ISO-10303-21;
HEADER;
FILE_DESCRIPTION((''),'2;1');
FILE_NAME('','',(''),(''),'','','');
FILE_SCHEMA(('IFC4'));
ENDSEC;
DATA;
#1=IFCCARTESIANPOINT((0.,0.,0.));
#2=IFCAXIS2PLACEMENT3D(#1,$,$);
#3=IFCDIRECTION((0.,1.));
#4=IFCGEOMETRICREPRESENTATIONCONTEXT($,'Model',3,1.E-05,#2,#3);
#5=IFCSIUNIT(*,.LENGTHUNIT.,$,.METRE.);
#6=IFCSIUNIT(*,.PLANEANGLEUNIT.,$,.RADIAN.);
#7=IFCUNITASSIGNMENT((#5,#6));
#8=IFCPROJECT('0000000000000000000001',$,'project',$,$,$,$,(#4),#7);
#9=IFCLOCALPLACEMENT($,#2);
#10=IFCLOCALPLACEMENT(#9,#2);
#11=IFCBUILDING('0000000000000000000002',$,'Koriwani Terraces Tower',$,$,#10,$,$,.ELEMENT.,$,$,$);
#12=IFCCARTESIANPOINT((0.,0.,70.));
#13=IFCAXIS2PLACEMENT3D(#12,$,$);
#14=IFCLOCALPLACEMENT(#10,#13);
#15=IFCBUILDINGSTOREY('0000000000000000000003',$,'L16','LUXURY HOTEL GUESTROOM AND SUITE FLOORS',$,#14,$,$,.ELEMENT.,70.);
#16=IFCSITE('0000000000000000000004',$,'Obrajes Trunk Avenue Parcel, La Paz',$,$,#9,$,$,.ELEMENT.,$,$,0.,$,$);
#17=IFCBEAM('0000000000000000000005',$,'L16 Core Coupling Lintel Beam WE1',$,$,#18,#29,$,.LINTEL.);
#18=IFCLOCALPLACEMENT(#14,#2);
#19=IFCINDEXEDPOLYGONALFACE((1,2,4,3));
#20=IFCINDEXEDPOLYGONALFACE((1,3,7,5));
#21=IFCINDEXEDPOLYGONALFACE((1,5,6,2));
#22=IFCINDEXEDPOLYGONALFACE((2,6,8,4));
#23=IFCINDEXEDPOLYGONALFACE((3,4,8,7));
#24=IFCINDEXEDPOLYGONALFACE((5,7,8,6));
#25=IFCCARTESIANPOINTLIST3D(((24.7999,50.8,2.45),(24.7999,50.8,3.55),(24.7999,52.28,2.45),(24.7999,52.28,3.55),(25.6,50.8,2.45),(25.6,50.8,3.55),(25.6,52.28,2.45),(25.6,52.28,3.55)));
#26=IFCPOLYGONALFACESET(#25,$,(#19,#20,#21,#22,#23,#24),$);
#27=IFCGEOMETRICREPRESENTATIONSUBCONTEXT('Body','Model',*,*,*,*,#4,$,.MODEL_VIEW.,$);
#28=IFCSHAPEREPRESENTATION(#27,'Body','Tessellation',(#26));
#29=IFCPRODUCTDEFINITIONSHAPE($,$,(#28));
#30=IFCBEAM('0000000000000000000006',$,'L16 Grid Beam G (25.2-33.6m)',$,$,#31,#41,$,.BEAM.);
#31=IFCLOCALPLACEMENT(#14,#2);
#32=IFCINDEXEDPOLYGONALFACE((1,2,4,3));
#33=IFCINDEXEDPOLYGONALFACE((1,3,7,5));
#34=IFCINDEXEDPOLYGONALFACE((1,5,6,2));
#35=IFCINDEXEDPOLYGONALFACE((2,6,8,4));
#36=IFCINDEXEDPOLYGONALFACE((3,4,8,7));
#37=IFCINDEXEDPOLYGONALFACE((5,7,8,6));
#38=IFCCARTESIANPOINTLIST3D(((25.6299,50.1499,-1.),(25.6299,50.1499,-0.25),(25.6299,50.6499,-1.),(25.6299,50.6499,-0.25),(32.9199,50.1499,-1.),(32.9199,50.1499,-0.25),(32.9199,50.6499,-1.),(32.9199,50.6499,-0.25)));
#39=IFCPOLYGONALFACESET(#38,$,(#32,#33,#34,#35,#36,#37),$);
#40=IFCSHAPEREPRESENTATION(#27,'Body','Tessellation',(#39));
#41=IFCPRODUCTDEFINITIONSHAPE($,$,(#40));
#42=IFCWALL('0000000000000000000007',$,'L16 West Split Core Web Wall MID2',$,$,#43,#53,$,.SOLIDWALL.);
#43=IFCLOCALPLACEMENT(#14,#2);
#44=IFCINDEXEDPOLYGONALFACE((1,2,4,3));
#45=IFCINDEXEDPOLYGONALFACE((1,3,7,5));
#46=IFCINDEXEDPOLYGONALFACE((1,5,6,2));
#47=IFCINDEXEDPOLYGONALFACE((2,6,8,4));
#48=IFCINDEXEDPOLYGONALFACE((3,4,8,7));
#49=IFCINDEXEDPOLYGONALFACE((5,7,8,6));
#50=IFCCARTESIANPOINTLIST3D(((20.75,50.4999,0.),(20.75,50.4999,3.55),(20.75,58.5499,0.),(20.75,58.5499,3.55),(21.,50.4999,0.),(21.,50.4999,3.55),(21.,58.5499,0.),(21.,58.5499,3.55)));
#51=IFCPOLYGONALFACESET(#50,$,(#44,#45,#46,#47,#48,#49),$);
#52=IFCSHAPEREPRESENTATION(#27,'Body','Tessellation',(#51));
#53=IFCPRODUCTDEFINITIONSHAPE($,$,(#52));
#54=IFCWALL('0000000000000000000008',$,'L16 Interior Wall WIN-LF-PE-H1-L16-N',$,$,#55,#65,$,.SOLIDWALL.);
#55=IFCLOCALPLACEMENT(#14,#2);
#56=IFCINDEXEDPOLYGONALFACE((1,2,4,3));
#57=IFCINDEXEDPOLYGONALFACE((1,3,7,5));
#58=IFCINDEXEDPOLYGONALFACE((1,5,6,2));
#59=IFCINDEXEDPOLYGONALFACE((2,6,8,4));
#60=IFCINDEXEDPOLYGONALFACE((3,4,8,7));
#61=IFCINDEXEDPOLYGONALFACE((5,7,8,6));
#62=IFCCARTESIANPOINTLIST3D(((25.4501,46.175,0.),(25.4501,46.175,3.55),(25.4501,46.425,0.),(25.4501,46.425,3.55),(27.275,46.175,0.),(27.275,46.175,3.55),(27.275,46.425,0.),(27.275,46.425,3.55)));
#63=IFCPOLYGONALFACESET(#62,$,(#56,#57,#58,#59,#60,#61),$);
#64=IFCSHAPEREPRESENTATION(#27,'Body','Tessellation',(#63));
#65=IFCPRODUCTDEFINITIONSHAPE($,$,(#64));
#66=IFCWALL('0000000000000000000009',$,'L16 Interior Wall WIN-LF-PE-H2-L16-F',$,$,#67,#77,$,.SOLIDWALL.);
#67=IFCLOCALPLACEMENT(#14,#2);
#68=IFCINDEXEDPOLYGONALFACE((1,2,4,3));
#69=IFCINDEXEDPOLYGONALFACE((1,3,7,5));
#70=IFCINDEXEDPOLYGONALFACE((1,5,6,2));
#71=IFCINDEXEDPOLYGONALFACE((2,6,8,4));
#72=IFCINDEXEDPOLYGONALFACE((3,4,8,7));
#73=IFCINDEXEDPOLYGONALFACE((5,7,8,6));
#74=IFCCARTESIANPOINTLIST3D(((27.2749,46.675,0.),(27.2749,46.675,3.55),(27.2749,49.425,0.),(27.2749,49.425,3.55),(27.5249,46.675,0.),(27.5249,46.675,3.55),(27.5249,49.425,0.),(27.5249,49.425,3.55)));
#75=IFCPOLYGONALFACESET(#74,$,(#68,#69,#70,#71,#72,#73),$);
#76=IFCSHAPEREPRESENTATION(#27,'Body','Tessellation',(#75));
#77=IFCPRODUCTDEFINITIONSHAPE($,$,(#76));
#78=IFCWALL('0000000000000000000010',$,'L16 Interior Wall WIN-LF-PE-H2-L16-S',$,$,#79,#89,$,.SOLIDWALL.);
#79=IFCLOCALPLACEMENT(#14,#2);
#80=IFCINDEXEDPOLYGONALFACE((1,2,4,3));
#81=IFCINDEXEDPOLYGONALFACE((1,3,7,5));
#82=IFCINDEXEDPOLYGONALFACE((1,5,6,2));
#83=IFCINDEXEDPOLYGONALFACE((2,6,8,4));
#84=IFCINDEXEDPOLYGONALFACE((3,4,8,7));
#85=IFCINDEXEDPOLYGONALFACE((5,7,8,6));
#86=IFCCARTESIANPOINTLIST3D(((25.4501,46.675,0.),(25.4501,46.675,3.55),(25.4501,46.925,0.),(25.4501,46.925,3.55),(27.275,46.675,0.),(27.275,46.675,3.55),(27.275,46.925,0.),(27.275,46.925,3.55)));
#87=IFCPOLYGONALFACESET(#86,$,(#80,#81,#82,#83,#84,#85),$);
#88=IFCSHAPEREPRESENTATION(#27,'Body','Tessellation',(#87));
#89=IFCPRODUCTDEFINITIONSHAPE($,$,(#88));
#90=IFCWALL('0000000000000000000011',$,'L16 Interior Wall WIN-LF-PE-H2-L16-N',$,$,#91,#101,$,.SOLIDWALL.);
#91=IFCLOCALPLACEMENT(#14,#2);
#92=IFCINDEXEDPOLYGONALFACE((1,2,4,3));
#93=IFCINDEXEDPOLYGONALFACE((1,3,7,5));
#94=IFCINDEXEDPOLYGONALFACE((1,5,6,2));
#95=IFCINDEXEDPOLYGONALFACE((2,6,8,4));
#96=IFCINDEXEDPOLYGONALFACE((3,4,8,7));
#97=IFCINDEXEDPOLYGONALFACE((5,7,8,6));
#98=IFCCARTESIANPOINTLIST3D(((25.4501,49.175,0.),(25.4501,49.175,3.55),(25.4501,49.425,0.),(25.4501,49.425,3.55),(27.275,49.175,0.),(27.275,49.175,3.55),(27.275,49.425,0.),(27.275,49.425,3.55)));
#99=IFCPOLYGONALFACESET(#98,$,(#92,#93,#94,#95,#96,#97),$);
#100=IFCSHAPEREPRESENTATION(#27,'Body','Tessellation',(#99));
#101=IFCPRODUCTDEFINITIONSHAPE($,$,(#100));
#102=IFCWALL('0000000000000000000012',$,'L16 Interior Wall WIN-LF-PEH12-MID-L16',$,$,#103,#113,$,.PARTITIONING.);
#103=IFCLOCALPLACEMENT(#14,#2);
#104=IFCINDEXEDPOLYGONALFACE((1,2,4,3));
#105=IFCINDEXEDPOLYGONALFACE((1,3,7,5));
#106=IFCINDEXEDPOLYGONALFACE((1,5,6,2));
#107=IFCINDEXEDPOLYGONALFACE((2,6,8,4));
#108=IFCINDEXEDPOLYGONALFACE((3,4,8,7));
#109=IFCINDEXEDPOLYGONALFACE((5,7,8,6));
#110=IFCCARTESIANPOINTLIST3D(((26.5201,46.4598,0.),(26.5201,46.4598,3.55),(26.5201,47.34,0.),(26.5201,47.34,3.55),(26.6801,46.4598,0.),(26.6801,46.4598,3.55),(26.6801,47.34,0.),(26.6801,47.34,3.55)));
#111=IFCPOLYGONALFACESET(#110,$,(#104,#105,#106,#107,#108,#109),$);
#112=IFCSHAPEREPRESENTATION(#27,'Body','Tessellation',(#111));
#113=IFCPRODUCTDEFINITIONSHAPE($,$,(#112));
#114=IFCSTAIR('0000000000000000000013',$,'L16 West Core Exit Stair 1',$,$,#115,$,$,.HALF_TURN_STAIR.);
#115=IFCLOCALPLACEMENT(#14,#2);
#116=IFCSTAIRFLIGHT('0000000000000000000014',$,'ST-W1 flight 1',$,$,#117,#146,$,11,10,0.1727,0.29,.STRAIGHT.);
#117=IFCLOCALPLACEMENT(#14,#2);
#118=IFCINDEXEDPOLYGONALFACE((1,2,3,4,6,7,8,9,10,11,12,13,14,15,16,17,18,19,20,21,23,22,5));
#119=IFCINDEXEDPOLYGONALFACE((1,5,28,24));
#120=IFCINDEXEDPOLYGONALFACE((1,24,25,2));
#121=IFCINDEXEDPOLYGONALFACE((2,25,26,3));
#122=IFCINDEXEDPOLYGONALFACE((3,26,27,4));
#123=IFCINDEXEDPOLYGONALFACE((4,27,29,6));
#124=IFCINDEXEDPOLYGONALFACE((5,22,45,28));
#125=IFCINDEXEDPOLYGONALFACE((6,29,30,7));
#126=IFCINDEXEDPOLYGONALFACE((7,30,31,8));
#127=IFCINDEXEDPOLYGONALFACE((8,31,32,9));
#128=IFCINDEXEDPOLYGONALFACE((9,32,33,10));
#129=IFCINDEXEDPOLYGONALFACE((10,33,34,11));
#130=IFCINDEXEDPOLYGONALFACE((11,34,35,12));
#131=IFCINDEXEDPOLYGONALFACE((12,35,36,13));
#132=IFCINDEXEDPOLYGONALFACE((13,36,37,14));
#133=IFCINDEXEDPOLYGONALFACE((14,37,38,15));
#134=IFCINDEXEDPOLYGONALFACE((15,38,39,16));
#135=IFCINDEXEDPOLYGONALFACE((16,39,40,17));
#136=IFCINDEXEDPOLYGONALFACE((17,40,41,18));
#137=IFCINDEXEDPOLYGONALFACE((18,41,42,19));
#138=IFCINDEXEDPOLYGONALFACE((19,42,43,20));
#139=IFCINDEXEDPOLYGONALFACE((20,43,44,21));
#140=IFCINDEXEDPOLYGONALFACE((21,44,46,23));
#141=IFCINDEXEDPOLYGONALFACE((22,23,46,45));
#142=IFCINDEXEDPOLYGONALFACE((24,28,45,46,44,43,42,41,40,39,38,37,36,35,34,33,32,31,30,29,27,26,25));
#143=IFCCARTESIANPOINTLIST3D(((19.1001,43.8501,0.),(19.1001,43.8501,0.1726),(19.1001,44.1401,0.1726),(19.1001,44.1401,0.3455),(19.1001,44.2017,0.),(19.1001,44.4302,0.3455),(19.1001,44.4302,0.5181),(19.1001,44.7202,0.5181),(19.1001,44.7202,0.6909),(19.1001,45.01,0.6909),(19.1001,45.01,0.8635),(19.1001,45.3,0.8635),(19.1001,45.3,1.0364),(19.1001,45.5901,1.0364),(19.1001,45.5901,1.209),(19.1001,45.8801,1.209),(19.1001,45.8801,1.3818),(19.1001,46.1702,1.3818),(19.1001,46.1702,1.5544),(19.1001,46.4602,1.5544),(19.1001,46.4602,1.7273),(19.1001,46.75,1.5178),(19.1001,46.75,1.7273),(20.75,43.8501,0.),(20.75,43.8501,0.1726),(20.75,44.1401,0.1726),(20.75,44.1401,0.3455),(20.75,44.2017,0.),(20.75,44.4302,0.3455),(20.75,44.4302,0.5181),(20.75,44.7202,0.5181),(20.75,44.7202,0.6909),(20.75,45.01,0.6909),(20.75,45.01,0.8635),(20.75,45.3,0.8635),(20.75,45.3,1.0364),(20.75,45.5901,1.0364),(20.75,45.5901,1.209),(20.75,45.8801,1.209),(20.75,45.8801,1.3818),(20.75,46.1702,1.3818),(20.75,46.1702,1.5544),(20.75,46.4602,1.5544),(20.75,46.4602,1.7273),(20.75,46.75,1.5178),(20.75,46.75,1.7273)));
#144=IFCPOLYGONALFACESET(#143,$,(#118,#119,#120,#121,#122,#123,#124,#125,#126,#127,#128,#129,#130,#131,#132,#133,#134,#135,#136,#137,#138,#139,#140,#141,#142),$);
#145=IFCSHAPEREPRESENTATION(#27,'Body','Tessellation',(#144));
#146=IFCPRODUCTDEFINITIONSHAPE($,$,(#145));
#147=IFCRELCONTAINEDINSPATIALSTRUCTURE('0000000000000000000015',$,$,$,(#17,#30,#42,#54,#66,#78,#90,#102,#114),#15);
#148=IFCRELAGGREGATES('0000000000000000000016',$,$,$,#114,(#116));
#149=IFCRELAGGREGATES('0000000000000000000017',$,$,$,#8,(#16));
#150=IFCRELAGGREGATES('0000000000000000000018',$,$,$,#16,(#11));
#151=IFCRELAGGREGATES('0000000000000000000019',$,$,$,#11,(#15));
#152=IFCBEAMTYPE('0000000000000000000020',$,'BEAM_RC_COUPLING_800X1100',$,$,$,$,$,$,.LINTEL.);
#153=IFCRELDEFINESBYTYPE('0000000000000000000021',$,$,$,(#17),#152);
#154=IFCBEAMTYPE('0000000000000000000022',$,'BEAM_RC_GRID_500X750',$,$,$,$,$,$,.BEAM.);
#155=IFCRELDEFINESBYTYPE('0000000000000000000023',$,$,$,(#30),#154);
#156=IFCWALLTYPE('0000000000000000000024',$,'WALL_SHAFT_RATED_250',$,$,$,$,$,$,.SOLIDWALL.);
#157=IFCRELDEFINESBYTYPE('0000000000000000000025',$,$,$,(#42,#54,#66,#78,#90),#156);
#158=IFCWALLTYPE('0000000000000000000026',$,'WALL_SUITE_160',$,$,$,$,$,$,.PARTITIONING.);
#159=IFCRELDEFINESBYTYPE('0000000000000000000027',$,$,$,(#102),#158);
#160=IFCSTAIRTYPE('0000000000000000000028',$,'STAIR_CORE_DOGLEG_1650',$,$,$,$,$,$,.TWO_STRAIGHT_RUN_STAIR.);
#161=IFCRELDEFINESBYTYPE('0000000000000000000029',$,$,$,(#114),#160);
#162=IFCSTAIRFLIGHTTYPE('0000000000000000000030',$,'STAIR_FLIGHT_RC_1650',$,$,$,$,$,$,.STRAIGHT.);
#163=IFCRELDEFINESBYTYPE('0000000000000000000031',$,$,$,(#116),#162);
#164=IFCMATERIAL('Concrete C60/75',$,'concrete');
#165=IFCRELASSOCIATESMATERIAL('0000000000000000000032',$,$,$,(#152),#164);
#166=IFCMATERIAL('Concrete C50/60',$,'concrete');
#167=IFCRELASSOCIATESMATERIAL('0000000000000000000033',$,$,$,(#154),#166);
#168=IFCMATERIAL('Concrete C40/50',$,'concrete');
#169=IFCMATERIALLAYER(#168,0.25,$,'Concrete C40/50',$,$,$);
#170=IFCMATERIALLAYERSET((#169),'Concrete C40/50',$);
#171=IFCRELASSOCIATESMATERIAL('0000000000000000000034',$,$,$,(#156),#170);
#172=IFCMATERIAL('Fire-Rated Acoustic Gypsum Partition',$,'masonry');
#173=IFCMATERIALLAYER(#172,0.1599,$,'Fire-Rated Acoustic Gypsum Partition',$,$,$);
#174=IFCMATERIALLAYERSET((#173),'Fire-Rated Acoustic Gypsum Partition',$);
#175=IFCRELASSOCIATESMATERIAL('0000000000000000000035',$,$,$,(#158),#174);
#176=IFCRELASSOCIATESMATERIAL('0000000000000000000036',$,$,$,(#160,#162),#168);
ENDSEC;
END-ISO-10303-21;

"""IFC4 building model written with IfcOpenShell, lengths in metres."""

from ifc_helpers import new_model, si_unit, direction, frame, frame_2d, origin, origin_2d, place, context, subcontext, project, spatial, polyline, rectangle, outline, extrude, material, layer, layer_set, material_profile, profile_set, type_object, element, aggregate, save


model = new_model("IFC4")

# Units and contexts
model_context = context("Model", 3, precision=1e-05, world=origin(), true_north=direction((0.0, 1.0)))
body_context = subcontext(model_context, "Body", "Model", "MODEL_VIEW")
ifc_project = project(units=[si_unit("LENGTHUNIT", "METRE"), si_unit("PLANEANGLEUNIT", "RADIAN")], contexts=[model_context])

# Site, building, storey
site_placement = place(None, origin())
site = spatial("IfcSite", under=ifc_project, at=site_placement, Name="Obrajes Trunk Avenue Parcel, La Paz", CompositionType="ELEMENT", RefElevation=0.0)
building_placement = place(site_placement, origin())
building = spatial("IfcBuilding", under=site, at=building_placement, Name="Koriwani Terraces Tower", CompositionType="ELEMENT")
storey_placement = place(building_placement, frame((0.0, 0.0, 70.0)))
storey = spatial("IfcBuildingStorey", under=building, at=storey_placement, Name="L16", Description="LUXURY HOTEL GUESTROOM AND SUITE FLOORS", CompositionType="ELEMENT", Elevation=70.0)

# Beams
ifc_material_1 = material(Name="Concrete C60/75", Category="concrete")
ifc_material_profile_1 = material_profile(ifc_material_1, rectangle(XDim=0.8, YDim=1.1001, at=origin_2d()), Name="Concrete C60/75", Category="LoadBearing")
ifc_profile_set_1 = profile_set([ifc_material_profile_1], Name="Concrete C60/75")
beam_type_1 = type_object("IfcBeamType", Name="BEAM_RC_COUPLING_800X1100", PredefinedType="LINTEL", material=ifc_profile_set_1)
beam_1_placement = place(storey_placement, frame((25.2, 50.8, 3.0), z_axis=(0.0, 1.0, 0.0), x_axis=(-1.0, 0.0, 0.0)))
element("IfcBeam", 1, at=beam_1_placement, inside=storey, type_object=beam_type_1, Name="L16 Core Coupling Lintel Beam WE1", PredefinedType="LINTEL", context=body_context, shape_type="SweptSolid", body=[
    extrude(rectangle(XDim=0.8, YDim=1.1001, at=origin_2d()), origin(), (0.0, 0.0, 1.0), 1.48),
])
ifc_material_2 = material(Name="Concrete C50/60", Category="concrete")
ifc_material_profile_2 = material_profile(ifc_material_2, rectangle(XDim=0.5, YDim=0.75, at=origin_2d()), Name="Concrete C50/60", Category="LoadBearing")
ifc_profile_set_2 = profile_set([ifc_material_profile_2], Name="Concrete C50/60")
beam_type_2 = type_object("IfcBeamType", Name="BEAM_RC_GRID_500X750", PredefinedType="BEAM", material=ifc_profile_set_2)
beam_2_placement = place(storey_placement, frame((25.6299, 50.3999, -0.625), z_axis=(1.0, 0.0, 0.0), x_axis=(0.0, 1.0, 0.0)))
element("IfcBeam", 2, at=beam_2_placement, inside=storey, type_object=beam_type_2, Name="L16 Grid Beam G (25.2-33.6m)", PredefinedType="BEAM", context=body_context, shape_type="SweptSolid", body=[
    extrude(rectangle(XDim=0.5, YDim=0.75, at=origin_2d()), origin(), (0.0, 0.0, 1.0), 7.29),
])

# Wall
ifc_material_3 = material(Name="Concrete C40/50", Category="concrete")
ifc_layer_1 = layer(ifc_material_3, 0.25, Name="Concrete C40/50")
ifc_layer_set_1 = layer_set([ifc_layer_1], Name="Concrete C40/50")
wall_type_1 = type_object("IfcWallType", Name="WALL_SHAFT_RATED_250", PredefinedType="SOLIDWALL", material=ifc_layer_set_1)
wall_1_placement = place(storey_placement, frame((20.875, 50.5, 0.0), z_axis=(0.0, 0.0, 1.0), x_axis=(0.0, 1.0, 0.0)))
element("IfcWall", 3, at=wall_1_placement, inside=storey, type_object=wall_type_1, Name="L16 West Split Core Web Wall MID2", PredefinedType="SOLIDWALL", context=body_context, shape_type="SweptSolid", body=[
    extrude(rectangle(XDim=8.05, YDim=0.25, at=frame_2d((4.0249, 0.0))), origin(), (0.0, 0.0, 1.0), 3.55),
])

# Walls
wall_2_placement = place(storey_placement, frame((25.45, 46.3, 0.0), z_axis=(0.0, 0.0, 1.0), x_axis=(1.0, 0.0, 0.0)))
element("IfcWall", 4, at=wall_2_placement, inside=storey, type_object=wall_type_1, Name="L16 Interior Wall WIN-LF-PE-H1-L16-N", PredefinedType="SOLIDWALL", context=body_context, shape_type="SweptSolid", body=[
    extrude(rectangle(XDim=1.825, YDim=0.25, at=frame_2d((0.9126, 0.0))), origin(), (0.0, 0.0, 1.0), 3.55),
])
wall_3_placement = place(storey_placement, frame((27.3999, 46.675, 0.0), z_axis=(0.0, 0.0, 1.0), x_axis=(0.0, 1.0, 0.0)))
element("IfcWall", 5, at=wall_3_placement, inside=storey, type_object=wall_type_1, Name="L16 Interior Wall WIN-LF-PE-H2-L16-F", PredefinedType="SOLIDWALL", context=body_context, shape_type="SweptSolid", body=[
    extrude(rectangle(XDim=2.75, YDim=0.25, at=frame_2d((1.375, 0.0))), origin(), (0.0, 0.0, 1.0), 3.55),
])
for number, where, z_axis, x_axis, name in (
    (6, (25.45, 46.8, 0.0), (0.0, 0.0, 1.0), (1.0, 0.0, 0.0), "L16 Interior Wall WIN-LF-PE-H2-L16-S"),
    (7, (25.45, 49.3, 0.0), (0.0, 0.0, 1.0), (1.0, 0.0, 0.0), "L16 Interior Wall WIN-LF-PE-H2-L16-N"),
):
    element("IfcWall", number, at=place(storey_placement, frame(where, z_axis=z_axis, x_axis=x_axis)), inside=storey, type_object=wall_type_1, Name=name, PredefinedType="SOLIDWALL", context=body_context, shape_type="SweptSolid", body=[
        extrude(rectangle(XDim=1.825, YDim=0.25, at=frame_2d((0.9126, 0.0))), origin(), (0.0, 0.0, 1.0), 3.55),
    ])
ifc_material_4 = material(Name="Fire-Rated Acoustic Gypsum Partition", Category="masonry")
ifc_layer_2 = layer(ifc_material_4, 0.1599, Name="Fire-Rated Acoustic Gypsum Partition")
ifc_layer_set_2 = layer_set([ifc_layer_2], Name="Fire-Rated Acoustic Gypsum Partition")
wall_type_2 = type_object("IfcWallType", Name="WALL_SUITE_160", PredefinedType="PARTITIONING", material=ifc_layer_set_2)
wall_4_placement = place(storey_placement, frame((26.6001, 46.46, 0.0), z_axis=(0.0, 0.0, 1.0), x_axis=(0.0, 1.0, 0.0)))
element("IfcWall", 8, at=wall_4_placement, inside=storey, type_object=wall_type_2, Name="L16 Interior Wall WIN-LF-PEH12-MID-L16", PredefinedType="PARTITIONING", context=body_context, shape_type="SweptSolid", body=[
    extrude(rectangle(XDim=0.8801, YDim=0.1599, at=frame_2d((0.4399, 0.0))), origin(), (0.0, 0.0, 1.0), 3.55),
])

# Stair, stair flight
stair_type = type_object("IfcStairType", Name="STAIR_CORE_DOGLEG_1650", PredefinedType="TWO_STRAIGHT_RUN_STAIR", material=ifc_material_3)
stair_placement = place(storey_placement, origin())
stair = element("IfcStair", 9, at=stair_placement, inside=storey, type_object=stair_type, Name="L16 West Core Exit Stair 1", PredefinedType="HALF_TURN_STAIR")
stair_flight_type = type_object("IfcStairFlightType", Name="STAIR_FLIGHT_RC_1650", PredefinedType="STRAIGHT", material=ifc_material_3)
stair_flight_placement = place(storey_placement, frame((19.925, 43.8501, 0.0), z_axis=(0.0, 0.0, 1.0), x_axis=(0.0, 1.0, 0.0)))
stair_flight = element("IfcStairFlight", 10, at=stair_flight_placement, type_object=stair_flight_type, Name="ST-W1 flight 1", NumberOfRisers=11, NumberOfTreads=10, PredefinedType="STRAIGHT", RiserHeight=0.1727, TreadLength=0.29, context=body_context, shape_type="SweptSolid", body=[
    extrude(outline(polyline([(0.0, 0.0), (0.0, 0.1726), (0.29, 0.1726), (0.29, 0.3455), (0.5801, 0.3455), (0.5801, 0.5181), (0.8701, 0.5181), (0.8701, 0.6909), (1.1599, 0.6909), (1.1599, 0.8635), (1.45, 0.8635), (1.45, 1.0364), (1.74, 1.0364), (1.74, 1.209), (2.03, 1.209), (2.03, 1.3818), (2.3201, 1.3818), (2.3201, 1.5544), (2.6101, 1.5544), (2.6101, 1.7273), (2.8999, 1.7273), (2.8999, 1.8999), (2.8999, 1.5178), (0.3516, 0.0), (0.0, 0.0)])), frame((0.0, 0.825, 0.0), z_axis=(0.0, -1.0, 0.0), x_axis=(1.0, 0.0, 0.0)), (0.0, 0.0, 1.0), 1.6499),
])
aggregate(stair, [stair_flight])

save(model, "model.ifc")
